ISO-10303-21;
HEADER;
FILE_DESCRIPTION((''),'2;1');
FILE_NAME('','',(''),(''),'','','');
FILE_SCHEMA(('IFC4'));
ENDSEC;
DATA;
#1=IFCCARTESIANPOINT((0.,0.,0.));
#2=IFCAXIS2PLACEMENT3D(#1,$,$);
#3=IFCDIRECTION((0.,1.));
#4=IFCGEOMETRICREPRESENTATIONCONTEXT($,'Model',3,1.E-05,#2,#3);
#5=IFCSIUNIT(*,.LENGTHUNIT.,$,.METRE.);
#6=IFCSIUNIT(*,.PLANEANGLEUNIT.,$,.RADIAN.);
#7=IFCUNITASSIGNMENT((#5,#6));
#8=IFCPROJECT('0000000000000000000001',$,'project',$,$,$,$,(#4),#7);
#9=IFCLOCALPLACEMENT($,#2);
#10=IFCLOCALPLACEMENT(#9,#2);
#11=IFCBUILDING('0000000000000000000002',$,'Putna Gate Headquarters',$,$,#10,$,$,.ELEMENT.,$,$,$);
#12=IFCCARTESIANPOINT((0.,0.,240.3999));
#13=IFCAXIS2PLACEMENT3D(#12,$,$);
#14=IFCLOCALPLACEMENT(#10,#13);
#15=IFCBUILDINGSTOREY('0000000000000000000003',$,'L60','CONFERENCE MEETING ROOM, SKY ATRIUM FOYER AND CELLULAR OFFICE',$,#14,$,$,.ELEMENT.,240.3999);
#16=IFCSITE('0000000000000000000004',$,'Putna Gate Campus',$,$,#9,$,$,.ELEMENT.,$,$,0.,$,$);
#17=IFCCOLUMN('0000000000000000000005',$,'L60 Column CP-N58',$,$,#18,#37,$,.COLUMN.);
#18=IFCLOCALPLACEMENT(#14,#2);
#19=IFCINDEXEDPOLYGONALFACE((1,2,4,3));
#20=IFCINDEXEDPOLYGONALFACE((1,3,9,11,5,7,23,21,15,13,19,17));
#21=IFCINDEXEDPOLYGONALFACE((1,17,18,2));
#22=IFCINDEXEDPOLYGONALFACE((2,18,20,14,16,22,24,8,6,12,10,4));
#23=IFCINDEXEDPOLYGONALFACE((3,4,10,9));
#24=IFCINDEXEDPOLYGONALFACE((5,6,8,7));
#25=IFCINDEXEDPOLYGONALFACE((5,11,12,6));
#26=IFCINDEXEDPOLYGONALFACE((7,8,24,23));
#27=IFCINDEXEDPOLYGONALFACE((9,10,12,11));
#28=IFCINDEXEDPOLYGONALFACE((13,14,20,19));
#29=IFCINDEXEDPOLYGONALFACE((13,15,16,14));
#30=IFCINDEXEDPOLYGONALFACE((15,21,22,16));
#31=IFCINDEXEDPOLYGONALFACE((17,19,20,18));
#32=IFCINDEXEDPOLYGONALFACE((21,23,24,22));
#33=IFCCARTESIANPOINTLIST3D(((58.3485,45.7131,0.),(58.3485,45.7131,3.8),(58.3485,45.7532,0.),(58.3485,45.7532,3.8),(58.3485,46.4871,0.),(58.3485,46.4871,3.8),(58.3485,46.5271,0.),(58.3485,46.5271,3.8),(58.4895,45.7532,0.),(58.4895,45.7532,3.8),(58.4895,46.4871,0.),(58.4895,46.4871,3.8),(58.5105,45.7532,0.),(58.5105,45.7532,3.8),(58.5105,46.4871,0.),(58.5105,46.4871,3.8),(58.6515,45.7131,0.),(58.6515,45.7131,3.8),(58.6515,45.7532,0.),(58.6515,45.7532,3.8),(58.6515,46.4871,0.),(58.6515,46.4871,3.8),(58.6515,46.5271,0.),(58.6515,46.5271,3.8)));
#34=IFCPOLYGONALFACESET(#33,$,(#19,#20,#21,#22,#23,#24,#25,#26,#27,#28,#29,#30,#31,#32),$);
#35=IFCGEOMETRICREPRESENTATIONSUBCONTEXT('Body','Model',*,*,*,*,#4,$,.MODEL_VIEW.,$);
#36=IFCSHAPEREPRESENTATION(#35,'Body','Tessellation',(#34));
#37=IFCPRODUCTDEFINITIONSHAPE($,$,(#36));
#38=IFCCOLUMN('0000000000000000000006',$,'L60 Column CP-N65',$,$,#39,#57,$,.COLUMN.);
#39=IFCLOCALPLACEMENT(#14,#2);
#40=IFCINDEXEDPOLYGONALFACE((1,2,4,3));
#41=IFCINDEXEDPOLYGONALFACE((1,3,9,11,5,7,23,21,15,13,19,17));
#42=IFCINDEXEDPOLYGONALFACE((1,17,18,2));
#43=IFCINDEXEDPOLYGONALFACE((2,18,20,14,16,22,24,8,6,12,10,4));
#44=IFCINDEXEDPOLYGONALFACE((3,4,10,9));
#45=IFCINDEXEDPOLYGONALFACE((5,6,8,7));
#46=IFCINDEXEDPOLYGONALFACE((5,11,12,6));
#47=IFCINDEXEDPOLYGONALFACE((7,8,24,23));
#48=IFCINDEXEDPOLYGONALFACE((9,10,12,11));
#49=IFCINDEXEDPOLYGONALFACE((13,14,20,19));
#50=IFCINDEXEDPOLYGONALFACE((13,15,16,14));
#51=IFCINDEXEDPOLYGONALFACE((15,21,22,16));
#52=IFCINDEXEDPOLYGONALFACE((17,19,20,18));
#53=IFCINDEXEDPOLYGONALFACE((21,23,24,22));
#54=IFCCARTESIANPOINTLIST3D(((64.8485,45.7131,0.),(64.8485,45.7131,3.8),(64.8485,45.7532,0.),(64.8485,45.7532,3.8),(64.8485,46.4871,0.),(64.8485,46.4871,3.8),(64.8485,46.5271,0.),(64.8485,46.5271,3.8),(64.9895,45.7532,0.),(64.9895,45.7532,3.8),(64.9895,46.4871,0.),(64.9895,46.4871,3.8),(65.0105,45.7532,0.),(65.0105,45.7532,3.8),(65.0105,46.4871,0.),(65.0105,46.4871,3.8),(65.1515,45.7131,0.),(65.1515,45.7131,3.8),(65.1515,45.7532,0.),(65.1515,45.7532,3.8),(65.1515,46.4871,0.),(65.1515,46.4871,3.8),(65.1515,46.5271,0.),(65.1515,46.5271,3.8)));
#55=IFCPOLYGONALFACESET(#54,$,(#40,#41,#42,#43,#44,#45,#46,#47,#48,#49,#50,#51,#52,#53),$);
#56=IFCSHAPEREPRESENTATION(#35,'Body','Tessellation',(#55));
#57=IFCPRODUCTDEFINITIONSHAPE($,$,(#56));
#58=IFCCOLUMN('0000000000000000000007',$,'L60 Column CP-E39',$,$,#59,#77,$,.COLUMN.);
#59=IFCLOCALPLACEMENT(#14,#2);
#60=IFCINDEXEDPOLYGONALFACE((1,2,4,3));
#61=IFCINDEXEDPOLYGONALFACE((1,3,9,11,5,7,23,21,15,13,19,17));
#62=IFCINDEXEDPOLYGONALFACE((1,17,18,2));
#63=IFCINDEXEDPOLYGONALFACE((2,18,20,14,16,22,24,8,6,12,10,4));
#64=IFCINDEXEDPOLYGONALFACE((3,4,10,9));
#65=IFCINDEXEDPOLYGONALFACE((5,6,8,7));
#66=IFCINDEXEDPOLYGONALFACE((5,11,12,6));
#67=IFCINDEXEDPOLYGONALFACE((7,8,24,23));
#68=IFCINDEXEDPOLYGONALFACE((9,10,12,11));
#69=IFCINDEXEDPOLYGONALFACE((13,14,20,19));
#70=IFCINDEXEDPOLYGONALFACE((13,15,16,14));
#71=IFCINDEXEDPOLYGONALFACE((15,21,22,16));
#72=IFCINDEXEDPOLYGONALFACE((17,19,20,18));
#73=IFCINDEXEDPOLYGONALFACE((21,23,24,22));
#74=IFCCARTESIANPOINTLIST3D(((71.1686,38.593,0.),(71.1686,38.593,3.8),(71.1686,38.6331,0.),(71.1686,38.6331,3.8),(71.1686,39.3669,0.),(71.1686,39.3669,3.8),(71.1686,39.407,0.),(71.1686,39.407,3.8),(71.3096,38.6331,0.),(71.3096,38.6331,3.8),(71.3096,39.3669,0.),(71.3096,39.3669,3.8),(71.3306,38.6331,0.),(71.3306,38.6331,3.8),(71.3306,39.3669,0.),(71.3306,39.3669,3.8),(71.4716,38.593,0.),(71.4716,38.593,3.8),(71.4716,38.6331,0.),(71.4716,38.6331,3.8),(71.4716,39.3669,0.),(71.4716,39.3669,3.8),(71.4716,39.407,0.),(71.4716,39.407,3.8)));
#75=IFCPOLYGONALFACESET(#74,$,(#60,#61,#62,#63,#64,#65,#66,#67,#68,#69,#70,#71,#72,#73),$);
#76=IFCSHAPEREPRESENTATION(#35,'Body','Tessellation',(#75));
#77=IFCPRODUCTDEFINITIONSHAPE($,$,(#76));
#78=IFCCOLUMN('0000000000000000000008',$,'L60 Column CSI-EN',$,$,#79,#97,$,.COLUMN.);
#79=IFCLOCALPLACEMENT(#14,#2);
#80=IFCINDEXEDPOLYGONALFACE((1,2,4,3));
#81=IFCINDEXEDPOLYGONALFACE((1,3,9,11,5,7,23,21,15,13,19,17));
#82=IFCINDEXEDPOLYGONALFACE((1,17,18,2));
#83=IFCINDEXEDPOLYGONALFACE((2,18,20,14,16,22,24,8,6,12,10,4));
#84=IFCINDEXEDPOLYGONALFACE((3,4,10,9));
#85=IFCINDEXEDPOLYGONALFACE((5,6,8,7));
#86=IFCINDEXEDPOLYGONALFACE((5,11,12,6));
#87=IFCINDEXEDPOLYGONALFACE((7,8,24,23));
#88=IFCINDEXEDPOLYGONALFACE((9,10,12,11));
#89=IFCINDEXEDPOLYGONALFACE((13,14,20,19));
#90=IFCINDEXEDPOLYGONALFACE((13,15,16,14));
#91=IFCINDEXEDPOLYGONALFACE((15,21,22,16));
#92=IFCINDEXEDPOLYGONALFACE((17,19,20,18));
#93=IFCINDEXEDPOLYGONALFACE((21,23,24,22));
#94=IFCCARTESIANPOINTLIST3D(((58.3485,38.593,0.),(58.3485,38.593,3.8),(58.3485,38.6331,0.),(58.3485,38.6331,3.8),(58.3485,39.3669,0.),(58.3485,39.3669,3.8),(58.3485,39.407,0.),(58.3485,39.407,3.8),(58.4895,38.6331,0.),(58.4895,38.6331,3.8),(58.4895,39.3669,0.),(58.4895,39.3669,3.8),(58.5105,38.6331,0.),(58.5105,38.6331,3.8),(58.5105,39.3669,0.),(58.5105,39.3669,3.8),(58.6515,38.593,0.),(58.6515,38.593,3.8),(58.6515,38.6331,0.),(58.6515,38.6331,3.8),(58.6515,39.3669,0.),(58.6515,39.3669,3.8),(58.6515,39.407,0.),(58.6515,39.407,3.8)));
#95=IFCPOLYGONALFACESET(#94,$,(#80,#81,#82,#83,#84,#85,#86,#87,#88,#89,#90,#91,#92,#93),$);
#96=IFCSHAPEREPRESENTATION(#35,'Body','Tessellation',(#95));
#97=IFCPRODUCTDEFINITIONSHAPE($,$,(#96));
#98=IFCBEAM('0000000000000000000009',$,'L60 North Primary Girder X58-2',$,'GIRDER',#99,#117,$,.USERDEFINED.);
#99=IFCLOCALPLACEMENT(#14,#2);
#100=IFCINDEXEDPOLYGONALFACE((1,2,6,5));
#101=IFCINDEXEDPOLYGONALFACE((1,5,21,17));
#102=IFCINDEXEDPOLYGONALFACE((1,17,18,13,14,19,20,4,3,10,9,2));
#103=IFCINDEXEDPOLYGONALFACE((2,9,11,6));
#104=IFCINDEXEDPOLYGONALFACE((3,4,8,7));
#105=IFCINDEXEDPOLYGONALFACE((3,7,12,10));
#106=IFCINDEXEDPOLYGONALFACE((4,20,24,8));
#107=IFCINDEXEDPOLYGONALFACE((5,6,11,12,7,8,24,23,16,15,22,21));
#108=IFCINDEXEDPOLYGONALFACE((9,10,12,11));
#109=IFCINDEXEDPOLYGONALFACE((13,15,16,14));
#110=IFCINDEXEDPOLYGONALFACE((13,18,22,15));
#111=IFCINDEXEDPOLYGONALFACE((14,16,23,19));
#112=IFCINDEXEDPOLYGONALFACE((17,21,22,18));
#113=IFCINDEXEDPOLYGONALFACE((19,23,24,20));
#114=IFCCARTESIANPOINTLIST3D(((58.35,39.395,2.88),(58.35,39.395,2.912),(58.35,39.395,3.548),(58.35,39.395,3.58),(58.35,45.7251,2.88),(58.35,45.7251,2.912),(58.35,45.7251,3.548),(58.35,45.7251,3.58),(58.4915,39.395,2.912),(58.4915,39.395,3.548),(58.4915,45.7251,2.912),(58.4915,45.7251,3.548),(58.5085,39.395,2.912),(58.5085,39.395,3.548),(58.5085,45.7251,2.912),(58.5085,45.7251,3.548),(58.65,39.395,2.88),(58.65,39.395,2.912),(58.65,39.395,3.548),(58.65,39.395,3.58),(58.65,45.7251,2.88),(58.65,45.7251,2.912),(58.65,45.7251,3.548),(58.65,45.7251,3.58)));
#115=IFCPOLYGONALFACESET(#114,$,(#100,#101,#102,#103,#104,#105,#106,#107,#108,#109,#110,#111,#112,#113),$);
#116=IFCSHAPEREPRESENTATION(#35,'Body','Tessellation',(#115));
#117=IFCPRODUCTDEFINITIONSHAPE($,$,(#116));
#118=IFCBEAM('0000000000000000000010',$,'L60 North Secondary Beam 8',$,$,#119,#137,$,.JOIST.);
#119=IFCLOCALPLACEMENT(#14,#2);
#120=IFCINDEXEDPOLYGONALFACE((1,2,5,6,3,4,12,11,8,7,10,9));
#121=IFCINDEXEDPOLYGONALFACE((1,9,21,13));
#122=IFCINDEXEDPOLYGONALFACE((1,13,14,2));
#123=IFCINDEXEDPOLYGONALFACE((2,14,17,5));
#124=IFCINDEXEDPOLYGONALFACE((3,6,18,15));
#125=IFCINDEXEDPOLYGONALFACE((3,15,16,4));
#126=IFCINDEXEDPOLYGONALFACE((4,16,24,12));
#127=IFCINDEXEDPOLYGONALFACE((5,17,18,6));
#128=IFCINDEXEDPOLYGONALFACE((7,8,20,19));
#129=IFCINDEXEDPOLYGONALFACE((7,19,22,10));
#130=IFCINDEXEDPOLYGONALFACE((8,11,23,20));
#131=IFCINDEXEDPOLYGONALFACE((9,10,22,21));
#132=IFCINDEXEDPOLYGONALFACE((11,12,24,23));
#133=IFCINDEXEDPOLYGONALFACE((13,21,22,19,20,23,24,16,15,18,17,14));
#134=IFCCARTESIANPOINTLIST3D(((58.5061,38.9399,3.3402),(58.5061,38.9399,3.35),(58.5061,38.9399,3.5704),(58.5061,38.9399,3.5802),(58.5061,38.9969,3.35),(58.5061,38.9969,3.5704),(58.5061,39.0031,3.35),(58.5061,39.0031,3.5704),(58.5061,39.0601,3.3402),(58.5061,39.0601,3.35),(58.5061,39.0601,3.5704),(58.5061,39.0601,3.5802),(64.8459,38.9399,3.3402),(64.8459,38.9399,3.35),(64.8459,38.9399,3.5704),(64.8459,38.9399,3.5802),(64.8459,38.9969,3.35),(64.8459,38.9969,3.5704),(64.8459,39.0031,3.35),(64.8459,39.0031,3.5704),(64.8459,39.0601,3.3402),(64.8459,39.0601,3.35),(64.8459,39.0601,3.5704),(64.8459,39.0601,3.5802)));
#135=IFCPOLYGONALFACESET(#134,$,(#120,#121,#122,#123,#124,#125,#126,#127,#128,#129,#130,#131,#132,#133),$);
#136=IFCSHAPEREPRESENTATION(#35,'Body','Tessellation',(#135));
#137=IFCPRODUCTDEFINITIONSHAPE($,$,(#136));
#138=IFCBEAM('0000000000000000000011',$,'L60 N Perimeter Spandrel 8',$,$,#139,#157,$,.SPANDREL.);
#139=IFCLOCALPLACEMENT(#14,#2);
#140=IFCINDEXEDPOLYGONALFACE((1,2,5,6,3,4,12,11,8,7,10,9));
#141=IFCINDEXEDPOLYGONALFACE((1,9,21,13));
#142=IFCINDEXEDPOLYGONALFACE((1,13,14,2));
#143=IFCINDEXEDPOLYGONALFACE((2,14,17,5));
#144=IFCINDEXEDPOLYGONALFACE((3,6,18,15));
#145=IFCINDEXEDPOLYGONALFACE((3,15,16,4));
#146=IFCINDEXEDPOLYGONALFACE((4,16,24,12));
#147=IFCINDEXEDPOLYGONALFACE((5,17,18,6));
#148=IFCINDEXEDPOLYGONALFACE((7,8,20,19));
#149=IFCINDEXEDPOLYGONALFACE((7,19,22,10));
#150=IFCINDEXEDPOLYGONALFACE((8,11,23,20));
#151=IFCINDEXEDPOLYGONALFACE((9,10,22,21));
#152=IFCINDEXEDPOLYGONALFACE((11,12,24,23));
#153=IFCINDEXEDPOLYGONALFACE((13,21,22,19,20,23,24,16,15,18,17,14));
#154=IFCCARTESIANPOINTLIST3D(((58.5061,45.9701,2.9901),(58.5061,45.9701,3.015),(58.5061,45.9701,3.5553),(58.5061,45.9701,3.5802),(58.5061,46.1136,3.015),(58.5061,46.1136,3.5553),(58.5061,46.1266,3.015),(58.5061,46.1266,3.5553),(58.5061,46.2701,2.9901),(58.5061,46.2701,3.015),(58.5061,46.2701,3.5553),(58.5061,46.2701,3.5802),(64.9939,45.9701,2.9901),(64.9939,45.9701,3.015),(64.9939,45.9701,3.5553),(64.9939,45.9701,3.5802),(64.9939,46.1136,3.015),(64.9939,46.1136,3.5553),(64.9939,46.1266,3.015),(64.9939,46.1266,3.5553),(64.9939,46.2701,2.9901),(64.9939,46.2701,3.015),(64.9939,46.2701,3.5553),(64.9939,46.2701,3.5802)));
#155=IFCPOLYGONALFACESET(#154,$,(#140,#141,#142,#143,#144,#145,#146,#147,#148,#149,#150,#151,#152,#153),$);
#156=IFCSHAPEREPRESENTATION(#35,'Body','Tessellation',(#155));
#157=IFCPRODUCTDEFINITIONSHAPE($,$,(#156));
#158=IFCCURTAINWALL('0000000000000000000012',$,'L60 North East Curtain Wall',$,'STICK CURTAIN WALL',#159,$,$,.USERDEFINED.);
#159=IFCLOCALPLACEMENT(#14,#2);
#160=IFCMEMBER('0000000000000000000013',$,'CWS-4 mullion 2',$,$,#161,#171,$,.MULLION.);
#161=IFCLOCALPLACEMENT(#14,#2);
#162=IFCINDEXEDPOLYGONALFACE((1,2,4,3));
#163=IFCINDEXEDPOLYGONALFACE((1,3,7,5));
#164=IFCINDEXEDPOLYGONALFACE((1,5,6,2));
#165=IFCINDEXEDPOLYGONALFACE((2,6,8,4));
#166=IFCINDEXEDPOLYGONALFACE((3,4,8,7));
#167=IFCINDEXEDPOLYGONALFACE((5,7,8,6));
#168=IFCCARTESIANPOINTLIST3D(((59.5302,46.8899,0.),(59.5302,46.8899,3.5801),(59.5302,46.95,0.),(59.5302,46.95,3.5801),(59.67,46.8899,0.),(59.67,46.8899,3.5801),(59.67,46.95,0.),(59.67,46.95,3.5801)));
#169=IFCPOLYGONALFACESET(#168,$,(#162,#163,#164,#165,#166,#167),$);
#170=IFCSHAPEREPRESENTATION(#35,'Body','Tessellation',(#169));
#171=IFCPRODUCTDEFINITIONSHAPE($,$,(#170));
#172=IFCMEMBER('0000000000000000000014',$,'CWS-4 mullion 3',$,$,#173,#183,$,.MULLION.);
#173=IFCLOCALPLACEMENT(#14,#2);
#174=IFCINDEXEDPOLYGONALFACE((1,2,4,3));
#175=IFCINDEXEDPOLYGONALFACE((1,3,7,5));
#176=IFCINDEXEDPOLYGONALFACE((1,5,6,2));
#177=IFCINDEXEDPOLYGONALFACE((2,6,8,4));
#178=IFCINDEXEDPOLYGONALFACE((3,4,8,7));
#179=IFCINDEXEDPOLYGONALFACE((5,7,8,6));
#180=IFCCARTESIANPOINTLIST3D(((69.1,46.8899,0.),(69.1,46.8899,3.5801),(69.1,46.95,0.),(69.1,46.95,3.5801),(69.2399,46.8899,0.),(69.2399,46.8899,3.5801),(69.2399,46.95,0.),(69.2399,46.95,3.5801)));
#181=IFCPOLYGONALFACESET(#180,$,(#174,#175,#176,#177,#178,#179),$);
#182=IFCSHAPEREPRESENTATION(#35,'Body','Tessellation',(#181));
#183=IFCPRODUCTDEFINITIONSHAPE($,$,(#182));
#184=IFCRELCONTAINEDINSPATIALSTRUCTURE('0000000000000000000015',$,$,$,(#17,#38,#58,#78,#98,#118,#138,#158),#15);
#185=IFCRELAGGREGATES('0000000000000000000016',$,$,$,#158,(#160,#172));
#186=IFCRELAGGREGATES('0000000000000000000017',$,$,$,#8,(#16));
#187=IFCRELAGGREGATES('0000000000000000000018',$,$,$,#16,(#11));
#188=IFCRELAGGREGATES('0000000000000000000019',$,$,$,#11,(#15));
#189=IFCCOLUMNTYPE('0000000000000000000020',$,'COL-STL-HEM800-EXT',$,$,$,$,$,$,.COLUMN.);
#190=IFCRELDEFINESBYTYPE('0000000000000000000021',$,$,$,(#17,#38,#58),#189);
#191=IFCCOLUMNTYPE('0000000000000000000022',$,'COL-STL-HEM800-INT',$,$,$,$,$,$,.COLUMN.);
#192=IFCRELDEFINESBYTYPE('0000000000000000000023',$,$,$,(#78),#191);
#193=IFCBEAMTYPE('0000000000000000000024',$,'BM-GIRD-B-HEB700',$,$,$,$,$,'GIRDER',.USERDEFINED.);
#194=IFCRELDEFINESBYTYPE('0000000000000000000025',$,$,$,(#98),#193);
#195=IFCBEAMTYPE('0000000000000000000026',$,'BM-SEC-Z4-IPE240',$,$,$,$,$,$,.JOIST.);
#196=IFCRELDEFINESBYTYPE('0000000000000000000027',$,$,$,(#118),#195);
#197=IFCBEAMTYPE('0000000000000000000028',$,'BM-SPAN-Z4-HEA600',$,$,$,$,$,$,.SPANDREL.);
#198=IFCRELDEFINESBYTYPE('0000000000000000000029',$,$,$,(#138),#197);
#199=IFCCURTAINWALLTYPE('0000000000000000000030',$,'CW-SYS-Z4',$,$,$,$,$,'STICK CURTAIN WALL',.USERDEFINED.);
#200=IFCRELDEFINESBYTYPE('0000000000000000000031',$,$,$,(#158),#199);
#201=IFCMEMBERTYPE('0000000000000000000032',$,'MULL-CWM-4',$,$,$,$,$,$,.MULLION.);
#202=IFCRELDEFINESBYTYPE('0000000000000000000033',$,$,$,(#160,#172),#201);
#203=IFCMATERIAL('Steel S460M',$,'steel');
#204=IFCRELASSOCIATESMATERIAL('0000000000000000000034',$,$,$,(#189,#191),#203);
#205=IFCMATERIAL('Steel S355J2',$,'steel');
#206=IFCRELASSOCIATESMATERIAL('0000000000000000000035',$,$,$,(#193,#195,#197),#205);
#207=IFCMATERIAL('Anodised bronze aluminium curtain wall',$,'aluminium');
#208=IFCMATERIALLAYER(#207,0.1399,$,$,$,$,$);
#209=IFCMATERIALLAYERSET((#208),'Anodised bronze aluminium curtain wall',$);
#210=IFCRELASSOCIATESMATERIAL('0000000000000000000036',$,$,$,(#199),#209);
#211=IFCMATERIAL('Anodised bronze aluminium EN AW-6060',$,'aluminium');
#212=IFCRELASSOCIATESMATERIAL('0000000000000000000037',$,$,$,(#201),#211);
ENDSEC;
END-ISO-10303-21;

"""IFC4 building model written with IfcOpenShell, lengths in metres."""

from ifc_helpers import new_model, si_unit, direction, frame, origin, origin_2d, place, context, subcontext, project, spatial, rectangle, i_section, extrude, material, layer, layer_set, material_profile, profile_set, type_object, element, aggregate, save


model = new_model("IFC4")

# Units and contexts
model_context = context("Model", 3, precision=1e-05, world=origin(), true_north=direction((0.0, 1.0)))
body_context = subcontext(model_context, "Body", "Model", "MODEL_VIEW")
ifc_project = project(units=[si_unit("LENGTHUNIT", "METRE"), si_unit("PLANEANGLEUNIT", "RADIAN")], contexts=[model_context])

# Site, building, storey
site_placement = place(None, origin())
site = spatial("IfcSite", under=ifc_project, at=site_placement, Name="Putna Gate Campus", CompositionType="ELEMENT", RefElevation=0.0)
building_placement = place(site_placement, origin())
building = spatial("IfcBuilding", under=site, at=building_placement, Name="Putna Gate Headquarters", CompositionType="ELEMENT")
storey_placement = place(building_placement, frame((0.0, 0.0, 240.3999)))
storey = spatial("IfcBuildingStorey", under=building, at=storey_placement, Name="L60", Description="CONFERENCE MEETING ROOM, SKY ATRIUM FOYER AND CELLULAR OFFICE", CompositionType="ELEMENT", Elevation=240.3999)

# Columns
ifc_material_1 = material(Name="Steel S460M", Category="steel")
ifc_material_profile_1 = material_profile(ifc_material_1, i_section(OverallWidth=0.303, OverallDepth=0.814, WebThickness=0.021, FlangeThickness=0.04, at=origin_2d()), Name="Steel S460M")
ifc_profile_set_1 = profile_set([ifc_material_profile_1], Name="Steel S460M")
column_type_1 = type_object("IfcColumnType", Name="COL-STL-HEM800-EXT", PredefinedType="COLUMN", material=ifc_profile_set_1)
for number, where, z_axis, x_axis, name in (
    (1, (58.5, 46.1201, 0.0), (0.0, 0.0, 1.0), (1.0, 0.0, 0.0), "L60 Column CP-N58"),
    (2, (65.0, 46.1201, 0.0), (0.0, 0.0, 1.0), (1.0, 0.0, 0.0), "L60 Column CP-N65"),
    (3, (71.3201, 39.0, 0.0), (0.0, 0.0, 1.0), (1.0, 0.0, 0.0), "L60 Column CP-E39"),
):
    element("IfcColumn", number, at=place(storey_placement, frame(where, z_axis=z_axis, x_axis=x_axis)), inside=storey, type_object=column_type_1, Name=name, PredefinedType="COLUMN", context=body_context, shape_type="SweptSolid", body=[
        extrude(i_section(OverallWidth=0.303, OverallDepth=0.814, WebThickness=0.021, FlangeThickness=0.04, at=origin_2d()), origin(), (0.0, 0.0, 1.0), 3.8),
    ])
ifc_material_profile_2 = material_profile(ifc_material_1, i_section(OverallWidth=0.303, OverallDepth=0.814, WebThickness=0.021, FlangeThickness=0.04, at=origin_2d()), Name="Steel S460M")
ifc_profile_set_2 = profile_set([ifc_material_profile_2], Name="Steel S460M")
column_type_2 = type_object("IfcColumnType", Name="COL-STL-HEM800-INT", PredefinedType="COLUMN", material=ifc_profile_set_2)
column_placement = place(storey_placement, frame((58.5, 39.0, 0.0), z_axis=(0.0, 0.0, 1.0), x_axis=(1.0, 0.0, 0.0)))
element("IfcColumn", 4, at=column_placement, inside=storey, type_object=column_type_2, Name="L60 Column CSI-EN", PredefinedType="COLUMN", context=body_context, shape_type="SweptSolid", body=[
    extrude(i_section(OverallWidth=0.303, OverallDepth=0.814, WebThickness=0.021, FlangeThickness=0.04, at=origin_2d()), origin(), (0.0, 0.0, 1.0), 3.8),
])

# Beams
ifc_material_2 = material(Name="Steel S355J2", Category="steel")
ifc_material_profile_3 = material_profile(ifc_material_2, i_section(OverallWidth=0.3, OverallDepth=0.7, WebThickness=0.0171, FlangeThickness=0.032, at=origin_2d()), Name="Steel S355J2")
ifc_profile_set_3 = profile_set([ifc_material_profile_3], Name="Steel S355J2")
beam_type_1 = type_object("IfcBeamType", Name="BM-GIRD-B-HEB700", ElementType="GIRDER", PredefinedType="USERDEFINED", material=ifc_profile_set_3)
beam_1_placement = place(storey_placement, frame((58.5, 39.395, 3.23), z_axis=(0.0, 1.0, 0.0), x_axis=(-1.0, 0.0, 0.0)))
element("IfcBeam", 5, at=beam_1_placement, inside=storey, type_object=beam_type_1, Name="L60 North Primary Girder X58-2", ObjectType="GIRDER", PredefinedType="USERDEFINED", context=body_context, shape_type="SweptSolid", body=[
    extrude(i_section(OverallWidth=0.3, OverallDepth=0.7, WebThickness=0.0171, FlangeThickness=0.032, at=origin_2d()), origin(), (0.0, 0.0, 1.0), 6.3301),
])
ifc_material_profile_4 = material_profile(ifc_material_2, i_section(OverallWidth=0.1201, OverallDepth=0.24, WebThickness=0.0061, FlangeThickness=0.0098, at=origin_2d()), Name="Steel S355J2")
ifc_profile_set_4 = profile_set([ifc_material_profile_4], Name="Steel S355J2")
beam_type_2 = type_object("IfcBeamType", Name="BM-SEC-Z4-IPE240", PredefinedType="JOIST", material=ifc_profile_set_4)
beam_2_placement = place(storey_placement, frame((58.5061, 39.0, 3.4602), z_axis=(1.0, 0.0, 0.0), x_axis=(0.0, 1.0, 0.0)))
element("IfcBeam", 6, at=beam_2_placement, inside=storey, type_object=beam_type_2, Name="L60 North Secondary Beam 8", PredefinedType="JOIST", context=body_context, shape_type="SweptSolid", body=[
    extrude(i_section(OverallWidth=0.1201, OverallDepth=0.24, WebThickness=0.0061, FlangeThickness=0.0098, at=origin_2d()), origin(), (0.0, 0.0, 1.0), 6.3398),
])
ifc_material_profile_5 = material_profile(ifc_material_2, i_section(OverallWidth=0.3, OverallDepth=0.5901, WebThickness=0.0129, FlangeThickness=0.0249, at=origin_2d()), Name="Steel S355J2")
ifc_profile_set_5 = profile_set([ifc_material_profile_5], Name="Steel S355J2")
beam_type_3 = type_object("IfcBeamType", Name="BM-SPAN-Z4-HEA600", PredefinedType="SPANDREL", material=ifc_profile_set_5)
beam_3_placement = place(storey_placement, frame((58.5061, 46.1201, 3.2852), z_axis=(1.0, 0.0, 0.0), x_axis=(0.0, 1.0, 0.0)))
element("IfcBeam", 7, at=beam_3_placement, inside=storey, type_object=beam_type_3, Name="L60 N Perimeter Spandrel 8", PredefinedType="SPANDREL", context=body_context, shape_type="SweptSolid", body=[
    extrude(i_section(OverallWidth=0.3, OverallDepth=0.5901, WebThickness=0.0129, FlangeThickness=0.0249, at=origin_2d()), origin(), (0.0, 0.0, 1.0), 6.4878),
])

# Curtain wall, members
ifc_material_3 = material(Name="Anodised bronze aluminium curtain wall", Category="aluminium")
ifc_layer_1 = layer(ifc_material_3, 0.1399)
ifc_layer_set_1 = layer_set([ifc_layer_1], Name="Anodised bronze aluminium curtain wall")
curtain_wall_type = type_object("IfcCurtainWallType", Name="CW-SYS-Z4", ElementType="STICK CURTAIN WALL", PredefinedType="USERDEFINED", material=ifc_layer_set_1)
curtain_wall_1_placement = place(storey_placement, origin())
curtain_wall_1 = element("IfcCurtainWall", 8, at=curtain_wall_1_placement, inside=storey, type_object=curtain_wall_type, Name="L60 North East Curtain Wall", ObjectType="STICK CURTAIN WALL", PredefinedType="USERDEFINED")
ifc_material_4 = material(Name="Anodised bronze aluminium EN AW-6060", Category="aluminium")
ifc_material_profile_6 = material_profile(ifc_material_4, rectangle(XDim=0.0601, YDim=0.1399, at=origin_2d()), Name="Anodised bronze aluminium EN AW-6060")
ifc_profile_set_6 = profile_set([ifc_material_profile_6], Name="Anodised bronze aluminium EN AW-6060")
member_type_1 = type_object("IfcMemberType", Name="MULL-CWM-4", PredefinedType="MULLION", material=ifc_profile_set_6)
member_1_placement = place(storey_placement, frame((59.6001, 46.9199, 0.0), z_axis=(0.0, 0.0, 1.0), x_axis=(0.0, 1.0, 0.0)))
member_1 = element("IfcMember", 9, at=member_1_placement, type_object=member_type_1, Name="CWS-4 mullion 2", PredefinedType="MULLION", context=body_context, shape_type="SweptSolid", body=[
    extrude(rectangle(XDim=0.0601, YDim=0.1399, at=origin_2d()), origin(), (0.0, 0.0, 1.0), 3.5801),
])
member_2_placement = place(storey_placement, frame((69.1699, 46.9199, 0.0), z_axis=(0.0, 0.0, 1.0), x_axis=(0.0, 1.0, 0.0)))
member_2 = element("IfcMember", 10, at=member_2_placement, type_object=member_type_1, Name="CWS-4 mullion 3", PredefinedType="MULLION", context=body_context, shape_type="SweptSolid", body=[
    extrude(rectangle(XDim=0.0601, YDim=0.1399, at=origin_2d()), origin(), (0.0, 0.0, 1.0), 3.5801),
])

aggregate(curtain_wall_1, [member_1, member_2])

save(model, "model.ifc")
